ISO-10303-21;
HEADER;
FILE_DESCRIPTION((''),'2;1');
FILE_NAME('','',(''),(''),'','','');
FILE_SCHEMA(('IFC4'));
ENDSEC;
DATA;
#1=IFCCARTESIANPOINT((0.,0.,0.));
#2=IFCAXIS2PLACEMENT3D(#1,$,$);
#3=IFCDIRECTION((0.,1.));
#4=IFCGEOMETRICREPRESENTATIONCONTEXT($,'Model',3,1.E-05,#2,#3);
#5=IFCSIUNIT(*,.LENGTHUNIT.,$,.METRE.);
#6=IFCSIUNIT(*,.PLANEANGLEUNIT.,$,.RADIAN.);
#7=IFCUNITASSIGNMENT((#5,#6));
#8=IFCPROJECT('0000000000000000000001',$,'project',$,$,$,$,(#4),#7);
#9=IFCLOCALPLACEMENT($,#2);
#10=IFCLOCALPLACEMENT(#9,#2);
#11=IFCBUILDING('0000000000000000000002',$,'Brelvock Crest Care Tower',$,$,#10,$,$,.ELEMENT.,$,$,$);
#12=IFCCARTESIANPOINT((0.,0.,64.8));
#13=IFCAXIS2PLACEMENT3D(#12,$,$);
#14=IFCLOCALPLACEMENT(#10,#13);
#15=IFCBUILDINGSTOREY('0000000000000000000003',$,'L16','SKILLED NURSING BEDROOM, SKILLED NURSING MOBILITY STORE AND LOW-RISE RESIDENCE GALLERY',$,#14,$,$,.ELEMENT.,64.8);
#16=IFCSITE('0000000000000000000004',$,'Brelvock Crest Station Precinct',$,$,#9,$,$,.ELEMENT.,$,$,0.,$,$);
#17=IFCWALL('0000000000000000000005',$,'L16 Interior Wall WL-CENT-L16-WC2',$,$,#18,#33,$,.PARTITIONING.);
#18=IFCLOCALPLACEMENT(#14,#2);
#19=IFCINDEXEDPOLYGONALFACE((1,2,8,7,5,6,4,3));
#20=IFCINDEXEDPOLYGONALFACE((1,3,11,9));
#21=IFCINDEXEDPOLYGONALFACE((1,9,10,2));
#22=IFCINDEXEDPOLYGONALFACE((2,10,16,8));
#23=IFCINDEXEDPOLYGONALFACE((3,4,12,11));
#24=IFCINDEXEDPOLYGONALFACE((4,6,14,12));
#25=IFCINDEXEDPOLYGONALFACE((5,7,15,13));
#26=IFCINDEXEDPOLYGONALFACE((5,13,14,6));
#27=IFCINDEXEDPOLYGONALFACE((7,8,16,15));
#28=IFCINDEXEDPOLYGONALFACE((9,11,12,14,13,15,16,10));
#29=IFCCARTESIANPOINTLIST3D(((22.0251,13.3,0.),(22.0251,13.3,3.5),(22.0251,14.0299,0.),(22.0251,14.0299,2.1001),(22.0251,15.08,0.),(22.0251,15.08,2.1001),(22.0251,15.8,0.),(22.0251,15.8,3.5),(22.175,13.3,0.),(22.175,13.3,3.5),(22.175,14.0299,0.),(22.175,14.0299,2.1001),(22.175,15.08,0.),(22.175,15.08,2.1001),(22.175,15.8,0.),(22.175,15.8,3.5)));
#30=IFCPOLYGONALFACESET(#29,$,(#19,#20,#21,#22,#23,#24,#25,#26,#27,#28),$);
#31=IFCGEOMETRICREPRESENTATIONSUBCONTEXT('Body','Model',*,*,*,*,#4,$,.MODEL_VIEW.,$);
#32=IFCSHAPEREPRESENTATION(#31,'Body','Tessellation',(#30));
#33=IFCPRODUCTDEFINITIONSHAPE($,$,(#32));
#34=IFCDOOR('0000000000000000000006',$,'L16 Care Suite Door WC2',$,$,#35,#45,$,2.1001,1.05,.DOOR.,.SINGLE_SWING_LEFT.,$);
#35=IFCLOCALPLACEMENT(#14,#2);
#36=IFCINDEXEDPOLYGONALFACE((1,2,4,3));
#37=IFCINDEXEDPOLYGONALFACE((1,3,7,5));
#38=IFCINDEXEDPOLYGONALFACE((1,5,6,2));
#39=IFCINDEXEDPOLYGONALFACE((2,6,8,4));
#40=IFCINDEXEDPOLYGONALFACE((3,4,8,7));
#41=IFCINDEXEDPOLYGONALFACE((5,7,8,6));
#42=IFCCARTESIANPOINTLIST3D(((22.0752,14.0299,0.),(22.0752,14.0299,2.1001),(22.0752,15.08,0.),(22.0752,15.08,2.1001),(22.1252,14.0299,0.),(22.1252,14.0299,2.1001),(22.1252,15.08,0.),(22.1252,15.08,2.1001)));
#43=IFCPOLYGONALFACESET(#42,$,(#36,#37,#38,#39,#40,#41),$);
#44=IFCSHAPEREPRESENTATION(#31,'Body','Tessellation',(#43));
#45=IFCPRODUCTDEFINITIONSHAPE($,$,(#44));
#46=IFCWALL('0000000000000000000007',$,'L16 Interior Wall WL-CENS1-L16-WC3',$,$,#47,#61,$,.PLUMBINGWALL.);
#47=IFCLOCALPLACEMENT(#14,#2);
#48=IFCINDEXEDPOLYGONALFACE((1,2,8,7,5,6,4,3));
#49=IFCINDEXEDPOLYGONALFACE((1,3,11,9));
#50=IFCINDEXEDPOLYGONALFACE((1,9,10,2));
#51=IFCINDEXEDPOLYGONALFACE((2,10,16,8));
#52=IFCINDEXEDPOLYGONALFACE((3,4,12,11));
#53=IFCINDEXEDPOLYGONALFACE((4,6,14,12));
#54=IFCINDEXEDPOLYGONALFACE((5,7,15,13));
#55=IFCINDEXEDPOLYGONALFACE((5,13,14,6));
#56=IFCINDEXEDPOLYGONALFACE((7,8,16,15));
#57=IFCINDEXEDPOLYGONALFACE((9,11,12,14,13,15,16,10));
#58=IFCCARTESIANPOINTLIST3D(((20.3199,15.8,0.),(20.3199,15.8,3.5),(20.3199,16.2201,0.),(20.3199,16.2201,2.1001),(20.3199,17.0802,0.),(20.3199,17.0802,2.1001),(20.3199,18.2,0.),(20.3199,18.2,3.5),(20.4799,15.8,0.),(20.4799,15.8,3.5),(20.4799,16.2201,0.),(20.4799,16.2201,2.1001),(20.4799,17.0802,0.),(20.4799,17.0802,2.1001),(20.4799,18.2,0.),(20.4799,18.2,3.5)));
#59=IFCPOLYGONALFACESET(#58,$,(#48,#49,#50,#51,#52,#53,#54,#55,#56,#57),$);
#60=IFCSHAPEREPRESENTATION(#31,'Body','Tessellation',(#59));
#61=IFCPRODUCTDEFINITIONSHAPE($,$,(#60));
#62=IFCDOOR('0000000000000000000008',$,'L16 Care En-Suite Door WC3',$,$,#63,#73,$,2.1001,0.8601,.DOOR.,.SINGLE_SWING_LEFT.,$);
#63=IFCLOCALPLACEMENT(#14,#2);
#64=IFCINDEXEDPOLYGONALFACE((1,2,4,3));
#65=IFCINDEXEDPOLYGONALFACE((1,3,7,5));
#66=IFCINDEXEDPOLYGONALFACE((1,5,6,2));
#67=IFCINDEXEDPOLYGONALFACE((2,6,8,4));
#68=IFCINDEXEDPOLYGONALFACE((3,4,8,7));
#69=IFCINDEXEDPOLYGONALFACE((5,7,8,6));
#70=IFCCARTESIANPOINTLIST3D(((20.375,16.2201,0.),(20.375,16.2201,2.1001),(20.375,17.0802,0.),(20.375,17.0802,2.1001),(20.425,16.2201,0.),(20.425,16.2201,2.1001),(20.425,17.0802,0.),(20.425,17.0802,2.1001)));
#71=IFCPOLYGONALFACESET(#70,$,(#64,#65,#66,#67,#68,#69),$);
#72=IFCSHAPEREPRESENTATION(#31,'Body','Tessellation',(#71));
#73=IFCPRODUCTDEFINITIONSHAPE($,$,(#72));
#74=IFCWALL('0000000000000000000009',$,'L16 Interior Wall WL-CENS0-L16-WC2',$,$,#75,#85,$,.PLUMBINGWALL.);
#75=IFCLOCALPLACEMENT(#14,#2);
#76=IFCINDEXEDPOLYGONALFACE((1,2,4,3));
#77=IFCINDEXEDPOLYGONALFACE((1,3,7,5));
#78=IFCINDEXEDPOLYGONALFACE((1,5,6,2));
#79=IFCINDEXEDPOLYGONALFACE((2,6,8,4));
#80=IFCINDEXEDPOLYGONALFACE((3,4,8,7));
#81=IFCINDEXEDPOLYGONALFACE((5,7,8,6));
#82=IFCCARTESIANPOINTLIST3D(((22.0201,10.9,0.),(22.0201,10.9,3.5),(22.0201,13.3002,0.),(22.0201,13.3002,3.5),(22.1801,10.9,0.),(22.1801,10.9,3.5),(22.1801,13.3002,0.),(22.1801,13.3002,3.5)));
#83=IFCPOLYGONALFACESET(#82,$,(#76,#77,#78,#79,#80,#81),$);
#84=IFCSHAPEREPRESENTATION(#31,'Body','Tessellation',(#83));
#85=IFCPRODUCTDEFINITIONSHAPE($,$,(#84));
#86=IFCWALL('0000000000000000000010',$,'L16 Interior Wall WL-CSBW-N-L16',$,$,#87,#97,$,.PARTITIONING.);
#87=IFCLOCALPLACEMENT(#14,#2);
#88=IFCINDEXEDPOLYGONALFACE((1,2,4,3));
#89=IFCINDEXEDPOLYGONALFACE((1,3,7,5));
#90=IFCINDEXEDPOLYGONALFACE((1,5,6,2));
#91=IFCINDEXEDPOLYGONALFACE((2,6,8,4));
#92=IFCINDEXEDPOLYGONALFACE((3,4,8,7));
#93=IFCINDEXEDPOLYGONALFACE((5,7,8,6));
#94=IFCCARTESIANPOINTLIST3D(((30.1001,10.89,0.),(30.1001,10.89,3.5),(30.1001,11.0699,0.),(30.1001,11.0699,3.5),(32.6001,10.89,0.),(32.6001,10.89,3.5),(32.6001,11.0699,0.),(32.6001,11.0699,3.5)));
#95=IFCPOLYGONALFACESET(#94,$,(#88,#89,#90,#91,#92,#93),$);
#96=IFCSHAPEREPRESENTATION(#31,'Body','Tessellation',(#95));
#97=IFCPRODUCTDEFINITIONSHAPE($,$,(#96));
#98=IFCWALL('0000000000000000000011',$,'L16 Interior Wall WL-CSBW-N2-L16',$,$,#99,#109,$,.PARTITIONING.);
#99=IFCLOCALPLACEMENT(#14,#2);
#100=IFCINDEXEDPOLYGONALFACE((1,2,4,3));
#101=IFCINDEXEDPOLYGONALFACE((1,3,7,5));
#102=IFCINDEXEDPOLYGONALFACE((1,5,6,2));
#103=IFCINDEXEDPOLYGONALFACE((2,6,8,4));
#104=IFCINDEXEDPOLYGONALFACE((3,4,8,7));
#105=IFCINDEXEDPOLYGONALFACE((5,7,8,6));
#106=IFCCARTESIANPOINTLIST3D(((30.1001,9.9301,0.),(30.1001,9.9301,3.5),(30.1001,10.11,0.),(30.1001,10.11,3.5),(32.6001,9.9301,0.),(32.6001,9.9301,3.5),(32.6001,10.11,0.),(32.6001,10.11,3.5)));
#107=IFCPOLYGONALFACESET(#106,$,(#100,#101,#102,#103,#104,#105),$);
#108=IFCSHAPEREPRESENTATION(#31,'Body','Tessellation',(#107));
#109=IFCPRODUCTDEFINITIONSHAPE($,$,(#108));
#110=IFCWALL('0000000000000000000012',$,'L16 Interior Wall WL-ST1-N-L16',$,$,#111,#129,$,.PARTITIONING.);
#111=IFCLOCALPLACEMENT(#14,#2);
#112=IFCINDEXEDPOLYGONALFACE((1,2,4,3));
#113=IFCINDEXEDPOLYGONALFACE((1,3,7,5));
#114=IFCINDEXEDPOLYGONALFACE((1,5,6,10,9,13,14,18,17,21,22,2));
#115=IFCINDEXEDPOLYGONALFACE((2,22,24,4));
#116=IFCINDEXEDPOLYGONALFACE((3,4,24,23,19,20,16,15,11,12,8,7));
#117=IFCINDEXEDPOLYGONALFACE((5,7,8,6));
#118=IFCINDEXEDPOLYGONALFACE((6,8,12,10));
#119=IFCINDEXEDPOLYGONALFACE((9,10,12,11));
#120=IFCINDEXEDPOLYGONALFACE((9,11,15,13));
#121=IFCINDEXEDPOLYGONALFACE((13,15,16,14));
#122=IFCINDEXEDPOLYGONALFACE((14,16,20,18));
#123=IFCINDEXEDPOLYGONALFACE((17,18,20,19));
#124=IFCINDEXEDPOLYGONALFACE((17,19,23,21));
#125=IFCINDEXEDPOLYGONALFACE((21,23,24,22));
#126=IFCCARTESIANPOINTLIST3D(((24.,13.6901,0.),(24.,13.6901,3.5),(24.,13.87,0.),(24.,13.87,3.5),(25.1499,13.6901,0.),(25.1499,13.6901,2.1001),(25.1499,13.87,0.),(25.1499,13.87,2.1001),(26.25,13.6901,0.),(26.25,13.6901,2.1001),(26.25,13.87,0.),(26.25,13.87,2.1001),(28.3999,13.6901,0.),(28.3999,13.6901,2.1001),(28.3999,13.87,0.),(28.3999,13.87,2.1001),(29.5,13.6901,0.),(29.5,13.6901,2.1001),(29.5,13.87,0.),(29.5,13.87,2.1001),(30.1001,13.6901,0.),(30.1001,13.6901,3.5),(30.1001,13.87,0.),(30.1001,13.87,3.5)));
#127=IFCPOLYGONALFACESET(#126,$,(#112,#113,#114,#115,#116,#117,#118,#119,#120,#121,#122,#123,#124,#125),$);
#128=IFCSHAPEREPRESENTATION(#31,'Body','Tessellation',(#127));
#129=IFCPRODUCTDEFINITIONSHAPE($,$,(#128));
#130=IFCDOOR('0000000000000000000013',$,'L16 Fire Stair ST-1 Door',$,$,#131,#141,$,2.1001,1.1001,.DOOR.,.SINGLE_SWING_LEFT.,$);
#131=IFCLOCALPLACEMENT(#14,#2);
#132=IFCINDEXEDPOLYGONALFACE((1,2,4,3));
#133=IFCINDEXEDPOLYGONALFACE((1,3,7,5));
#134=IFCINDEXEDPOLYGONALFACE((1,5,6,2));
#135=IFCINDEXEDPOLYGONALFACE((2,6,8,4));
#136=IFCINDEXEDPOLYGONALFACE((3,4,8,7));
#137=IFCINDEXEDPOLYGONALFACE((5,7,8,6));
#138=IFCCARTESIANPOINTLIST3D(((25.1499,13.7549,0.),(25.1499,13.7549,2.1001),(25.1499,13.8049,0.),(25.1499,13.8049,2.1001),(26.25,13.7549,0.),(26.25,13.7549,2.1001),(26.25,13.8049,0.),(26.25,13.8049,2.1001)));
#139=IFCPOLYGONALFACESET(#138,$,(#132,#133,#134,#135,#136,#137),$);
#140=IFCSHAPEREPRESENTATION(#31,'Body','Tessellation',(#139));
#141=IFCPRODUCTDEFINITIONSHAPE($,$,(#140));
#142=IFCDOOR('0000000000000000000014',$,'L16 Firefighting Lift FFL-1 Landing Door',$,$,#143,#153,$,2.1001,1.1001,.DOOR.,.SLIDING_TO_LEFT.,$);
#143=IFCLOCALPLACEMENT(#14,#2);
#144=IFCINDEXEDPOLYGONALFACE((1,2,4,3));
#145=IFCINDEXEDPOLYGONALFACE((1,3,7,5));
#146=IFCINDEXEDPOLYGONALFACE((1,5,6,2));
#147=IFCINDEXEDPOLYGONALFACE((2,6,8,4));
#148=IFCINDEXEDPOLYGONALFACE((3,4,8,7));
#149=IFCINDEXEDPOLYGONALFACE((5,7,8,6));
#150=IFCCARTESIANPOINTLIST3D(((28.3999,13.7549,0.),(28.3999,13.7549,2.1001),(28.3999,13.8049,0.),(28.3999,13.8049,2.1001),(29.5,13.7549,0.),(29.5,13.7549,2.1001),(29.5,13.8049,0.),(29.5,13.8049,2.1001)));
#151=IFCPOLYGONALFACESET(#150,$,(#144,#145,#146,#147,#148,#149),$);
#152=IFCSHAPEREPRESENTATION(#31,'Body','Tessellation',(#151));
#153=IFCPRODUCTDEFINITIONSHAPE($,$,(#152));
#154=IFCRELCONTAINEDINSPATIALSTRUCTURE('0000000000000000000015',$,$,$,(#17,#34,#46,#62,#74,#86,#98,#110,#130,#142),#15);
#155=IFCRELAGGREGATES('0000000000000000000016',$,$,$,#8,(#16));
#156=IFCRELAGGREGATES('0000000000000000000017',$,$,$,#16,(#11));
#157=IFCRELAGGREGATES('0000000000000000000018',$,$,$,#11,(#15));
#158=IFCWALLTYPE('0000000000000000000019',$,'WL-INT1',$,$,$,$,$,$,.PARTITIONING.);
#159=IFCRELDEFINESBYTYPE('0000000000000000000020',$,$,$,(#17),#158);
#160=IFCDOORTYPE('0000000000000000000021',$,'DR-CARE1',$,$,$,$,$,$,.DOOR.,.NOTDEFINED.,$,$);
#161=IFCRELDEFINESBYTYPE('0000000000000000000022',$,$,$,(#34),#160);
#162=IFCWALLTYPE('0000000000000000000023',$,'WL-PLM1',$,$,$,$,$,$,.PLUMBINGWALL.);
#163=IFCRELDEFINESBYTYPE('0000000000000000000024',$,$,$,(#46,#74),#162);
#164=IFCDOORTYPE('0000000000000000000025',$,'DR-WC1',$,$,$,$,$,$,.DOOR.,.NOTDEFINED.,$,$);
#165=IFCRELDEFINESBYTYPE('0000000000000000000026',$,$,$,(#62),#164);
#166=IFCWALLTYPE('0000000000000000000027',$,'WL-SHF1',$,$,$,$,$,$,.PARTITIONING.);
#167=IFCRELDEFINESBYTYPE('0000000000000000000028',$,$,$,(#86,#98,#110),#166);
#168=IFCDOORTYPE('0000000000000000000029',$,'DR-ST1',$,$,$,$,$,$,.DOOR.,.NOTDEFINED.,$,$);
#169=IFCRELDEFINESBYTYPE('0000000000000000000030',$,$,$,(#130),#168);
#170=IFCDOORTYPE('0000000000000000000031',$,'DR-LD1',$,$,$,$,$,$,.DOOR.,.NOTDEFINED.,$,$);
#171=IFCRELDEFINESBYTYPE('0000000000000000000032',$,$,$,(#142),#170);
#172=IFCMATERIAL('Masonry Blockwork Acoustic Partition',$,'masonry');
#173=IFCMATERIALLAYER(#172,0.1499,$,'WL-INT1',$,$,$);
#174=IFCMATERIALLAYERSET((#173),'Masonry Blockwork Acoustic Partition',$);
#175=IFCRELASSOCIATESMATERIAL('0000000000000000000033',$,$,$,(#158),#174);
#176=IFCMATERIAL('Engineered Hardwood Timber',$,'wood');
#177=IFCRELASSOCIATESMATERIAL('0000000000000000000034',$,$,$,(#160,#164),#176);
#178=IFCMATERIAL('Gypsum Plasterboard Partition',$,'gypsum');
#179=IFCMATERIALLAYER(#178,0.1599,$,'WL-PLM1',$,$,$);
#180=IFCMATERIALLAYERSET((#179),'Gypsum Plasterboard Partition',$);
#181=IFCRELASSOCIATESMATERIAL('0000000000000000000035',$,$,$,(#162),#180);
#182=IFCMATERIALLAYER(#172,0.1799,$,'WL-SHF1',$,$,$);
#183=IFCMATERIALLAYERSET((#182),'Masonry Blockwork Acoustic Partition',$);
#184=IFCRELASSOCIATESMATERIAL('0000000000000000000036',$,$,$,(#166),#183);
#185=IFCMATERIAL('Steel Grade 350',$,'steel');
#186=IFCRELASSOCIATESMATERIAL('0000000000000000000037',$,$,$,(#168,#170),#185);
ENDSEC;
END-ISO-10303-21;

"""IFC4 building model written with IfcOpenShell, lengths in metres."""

from ifc_helpers import new_model, si_unit, direction, frame, frame_2d, origin, origin_2d, place, context, subcontext, project, spatial, rectangle, extrude, source, transform, mapped, material, layer, layer_set, type_object, element, fill, save


model = new_model("IFC4")

# Units and contexts
model_context = context("Model", 3, precision=1e-05, world=origin(), true_north=direction((0.0, 1.0)))
body_context = subcontext(model_context, "Body", "Model", "MODEL_VIEW")
ifc_project = project(units=[si_unit("LENGTHUNIT", "METRE"), si_unit("PLANEANGLEUNIT", "RADIAN")], contexts=[model_context])

# Site, building, storey
site_placement = place(None, origin())
site = spatial("IfcSite", under=ifc_project, at=site_placement, Name="Brelvock Crest Station Precinct", CompositionType="ELEMENT", RefElevation=0.0)
building_placement = place(site_placement, origin())
building = spatial("IfcBuilding", under=site, at=building_placement, Name="Brelvock Crest Care Tower", CompositionType="ELEMENT")
storey_placement = place(building_placement, frame((0.0, 0.0, 64.8)))
storey = spatial("IfcBuildingStorey", under=building, at=storey_placement, Name="L16", Description="SKILLED NURSING BEDROOM, SKILLED NURSING MOBILITY STORE AND LOW-RISE RESIDENCE GALLERY", CompositionType="ELEMENT", Elevation=64.8)

# Walls, openings, doors
ifc_material_1 = material(Name="Masonry Blockwork Acoustic Partition", Category="masonry")
ifc_layer_1 = layer(ifc_material_1, 0.1499, Name="WL-INT1")
ifc_layer_set_1 = layer_set([ifc_layer_1], Name="Masonry Blockwork Acoustic Partition")
wall_type_1 = type_object("IfcWallType", Name="WL-INT1", PredefinedType="PARTITIONING", material=ifc_layer_set_1)
wall_1_placement = place(storey_placement, frame((22.1001, 13.3, 0.0), z_axis=(0.0, 0.0, 1.0), x_axis=(0.0, 1.0, 0.0)))
wall_1 = element("IfcWall", 1, at=wall_1_placement, inside=storey, type_object=wall_type_1, Name="L16 Interior Wall WL-CENT-L16-WC2", PredefinedType="PARTITIONING", context=body_context, shape_type="SweptSolid", body=[
    extrude(rectangle(XDim=2.5, YDim=0.1499, at=frame_2d((1.25, 0.0))), origin(), (0.0, 0.0, 1.0), 3.5),
])
opening_1_placement = place(wall_1_placement, frame((0.73, 0.0, 0.0)))
opening_1 = element("IfcOpeningElement", 2, at=opening_1_placement, cuts=wall_1, PredefinedType="OPENING", context=body_context, shape_type="SweptSolid", body=[
    extrude(rectangle(XDim=1.05, YDim=2.1001, at=origin_2d()), frame((0.5249, 0.085, 1.05), z_axis=(0.0, -1.0, 0.0), x_axis=(1.0, 0.0, 0.0)), (0.0, 0.0, 1.0), 0.1699),
])
ifc_material_2 = material(Name="Engineered Hardwood Timber", Category="wood")
door_type_1 = type_object("IfcDoorType", Name="DR-CARE1", OperationType="NOTDEFINED", PredefinedType="DOOR", material=ifc_material_2)
shared_shape_1 = source(origin(), body_context, "Body", "SweptSolid", [
    extrude(rectangle(XDim=1.05, YDim=2.1001, at=origin_2d()), frame((0.5249, 0.0249, 1.05), z_axis=(0.0, -1.0, 0.0), x_axis=(1.0, 0.0, 0.0)), (0.0, 0.0, 1.0), 0.05),
])
door_1_placement = place(opening_1_placement, origin())
door_1 = element("IfcDoor", 3, at=door_1_placement, inside=storey, type_object=door_type_1, Name="L16 Care Suite Door WC2", OperationType="SINGLE_SWING_LEFT", OverallHeight=2.1001, OverallWidth=1.05, PredefinedType="DOOR", context=body_context, shape_type="MappedRepresentation", body=[
    mapped(shared_shape_1, transform((0.0, 0.0, 0.0), x_axis=(1.0, 0.0, 0.0), y_axis=(0.0, 1.0, 0.0), z_axis=(0.0, 0.0, 1.0), scale=1.0)),
])
fill(opening_1, door_1)
ifc_material_3 = material(Name="Gypsum Plasterboard Partition", Category="gypsum")
ifc_layer_2 = layer(ifc_material_3, 0.1599, Name="WL-PLM1")
ifc_layer_set_2 = layer_set([ifc_layer_2], Name="Gypsum Plasterboard Partition")
wall_type_2 = type_object("IfcWallType", Name="WL-PLM1", PredefinedType="PLUMBINGWALL", material=ifc_layer_set_2)
wall_2_placement = place(storey_placement, frame((20.3999, 15.8, 0.0), z_axis=(0.0, 0.0, 1.0), x_axis=(0.0, 1.0, 0.0)))
wall_2 = element("IfcWall", 4, at=wall_2_placement, inside=storey, type_object=wall_type_2, Name="L16 Interior Wall WL-CENS1-L16-WC3", PredefinedType="PLUMBINGWALL", context=body_context, shape_type="SweptSolid", body=[
    extrude(rectangle(XDim=2.3999, YDim=0.1599, at=frame_2d((1.2, 0.0))), origin(), (0.0, 0.0, 1.0), 3.5),
])
opening_2_placement = place(wall_2_placement, frame((0.4199, 0.0, 0.0)))
opening_2 = element("IfcOpeningElement", 5, at=opening_2_placement, cuts=wall_2, PredefinedType="OPENING", context=body_context, shape_type="SweptSolid", body=[
    extrude(rectangle(XDim=0.8601, YDim=2.1001, at=origin_2d()), frame((0.4302, 0.0898, 1.05), z_axis=(0.0, -1.0, 0.0), x_axis=(1.0, 0.0, 0.0)), (0.0, 0.0, 1.0), 0.1799),
])
door_type_2 = type_object("IfcDoorType", Name="DR-WC1", OperationType="NOTDEFINED", PredefinedType="DOOR", material=ifc_material_2)
shared_shape_2 = source(origin(), body_context, "Body", "SweptSolid", [
    extrude(rectangle(XDim=0.8601, YDim=2.1001, at=origin_2d()), frame((0.4302, 0.0249, 1.05), z_axis=(0.0, -1.0, 0.0), x_axis=(1.0, 0.0, 0.0)), (0.0, 0.0, 1.0), 0.05),
])
door_2_placement = place(opening_2_placement, origin())
door_2 = element("IfcDoor", 6, at=door_2_placement, inside=storey, type_object=door_type_2, Name="L16 Care En-Suite Door WC3", OperationType="SINGLE_SWING_LEFT", OverallHeight=2.1001, OverallWidth=0.8601, PredefinedType="DOOR", context=body_context, shape_type="MappedRepresentation", body=[
    mapped(shared_shape_2, transform((0.0, 0.0, 0.0), x_axis=(1.0, 0.0, 0.0), y_axis=(0.0, 1.0, 0.0), z_axis=(0.0, 0.0, 1.0), scale=1.0)),
])
fill(opening_2, door_2)

# Walls
wall_3_placement = place(storey_placement, frame((22.1001, 10.8999, 0.0), z_axis=(0.0, 0.0, 1.0), x_axis=(0.0, 1.0, 0.0)))
element("IfcWall", 7, at=wall_3_placement, inside=storey, type_object=wall_type_2, Name="L16 Interior Wall WL-CENS0-L16-WC2", PredefinedType="PLUMBINGWALL", context=body_context, shape_type="SweptSolid", body=[
    extrude(rectangle(XDim=2.4001, YDim=0.1599, at=frame_2d((1.2002, 0.0))), origin(), (0.0, 0.0, 1.0), 3.5),
])
ifc_layer_3 = layer(ifc_material_1, 0.1799, Name="WL-SHF1")
ifc_layer_set_3 = layer_set([ifc_layer_3], Name="Masonry Blockwork Acoustic Partition")
wall_type_3 = type_object("IfcWallType", Name="WL-SHF1", PredefinedType="PARTITIONING", material=ifc_layer_set_3)
for number, where, z_axis, x_axis, name in (
    (8, (30.1001, 10.98, 0.0), (0.0, 0.0, 1.0), (1.0, 0.0, 0.0), "L16 Interior Wall WL-CSBW-N-L16"),
    (9, (30.1001, 10.02, 0.0), (0.0, 0.0, 1.0), (1.0, 0.0, 0.0), "L16 Interior Wall WL-CSBW-N2-L16"),
):
    element("IfcWall", number, at=place(storey_placement, frame(where, z_axis=z_axis, x_axis=x_axis)), inside=storey, type_object=wall_type_3, Name=name, PredefinedType="PARTITIONING", context=body_context, shape_type="SweptSolid", body=[
        extrude(rectangle(XDim=2.5, YDim=0.1799, at=frame_2d((1.25, 0.0))), origin(), (0.0, 0.0, 1.0), 3.5),
    ])

# Wall, openings, doors
wall_4_placement = place(storey_placement, frame((24.0, 13.78, 0.0), z_axis=(0.0, 0.0, 1.0), x_axis=(1.0, 0.0, 0.0)))
wall_4 = element("IfcWall", 10, at=wall_4_placement, inside=storey, type_object=wall_type_3, Name="L16 Interior Wall WL-ST1-N-L16", PredefinedType="PARTITIONING", context=body_context, shape_type="SweptSolid", body=[
    extrude(rectangle(XDim=6.1001, YDim=0.1799, at=frame_2d((3.05, 0.0))), origin(), (0.0, 0.0, 1.0), 3.5),
])
opening_3_placement = place(wall_4_placement, frame((1.1499, 0.0, 0.0)))
opening_3 = element("IfcOpeningElement", 11, at=opening_3_placement, cuts=wall_4, PredefinedType="OPENING", context=body_context, shape_type="SweptSolid", body=[
    extrude(rectangle(XDim=1.1001, YDim=2.1001, at=origin_2d()), frame((0.55, 0.1001, 1.05), z_axis=(0.0, -1.0, 0.0), x_axis=(1.0, 0.0, 0.0)), (0.0, 0.0, 1.0), 0.2),
])
opening_4_placement = place(wall_4_placement, frame((4.3999, 0.0, 0.0)))
opening_4 = element("IfcOpeningElement", 12, at=opening_4_placement, cuts=wall_4, PredefinedType="OPENING", context=body_context, shape_type="SweptSolid", body=[
    extrude(rectangle(XDim=1.1001, YDim=2.1001, at=origin_2d()), frame((0.55, 0.1001, 1.05), z_axis=(0.0, -1.0, 0.0), x_axis=(1.0, 0.0, 0.0)), (0.0, 0.0, 1.0), 0.2),
])
ifc_material_4 = material(Name="Steel Grade 350", Category="steel")
door_type_3 = type_object("IfcDoorType", Name="DR-ST1", OperationType="NOTDEFINED", PredefinedType="DOOR", material=ifc_material_4)
shared_shape_3 = source(origin(), body_context, "Body", "SweptSolid", [
    extrude(rectangle(XDim=1.1001, YDim=2.1001, at=origin_2d()), frame((0.55, 0.0249, 1.05), z_axis=(0.0, -1.0, 0.0), x_axis=(1.0, 0.0, 0.0)), (0.0, 0.0, 1.0), 0.05),
])
door_3_placement = place(opening_3_placement, origin())
door_3 = element("IfcDoor", 13, at=door_3_placement, inside=storey, type_object=door_type_3, Name="L16 Fire Stair ST-1 Door", OperationType="SINGLE_SWING_LEFT", OverallHeight=2.1001, OverallWidth=1.1001, PredefinedType="DOOR", context=body_context, shape_type="MappedRepresentation", body=[
    mapped(shared_shape_3, transform((0.0, 0.0, 0.0), x_axis=(1.0, 0.0, 0.0), y_axis=(0.0, 1.0, 0.0), z_axis=(0.0, 0.0, 1.0), scale=1.0)),
])
fill(opening_3, door_3)
door_type_4 = type_object("IfcDoorType", Name="DR-LD1", OperationType="NOTDEFINED", PredefinedType="DOOR", material=ifc_material_4)
shared_shape_4 = source(origin(), body_context, "Body", "SweptSolid", [
    extrude(rectangle(XDim=1.1001, YDim=2.1001, at=origin_2d()), frame((0.55, 0.0249, 1.05), z_axis=(0.0, -1.0, 0.0), x_axis=(1.0, 0.0, 0.0)), (0.0, 0.0, 1.0), 0.05),
])
door_4_placement = place(opening_4_placement, origin())
door_4 = element("IfcDoor", 14, at=door_4_placement, inside=storey, type_object=door_type_4, Name="L16 Firefighting Lift FFL-1 Landing Door", OperationType="SLIDING_TO_LEFT", OverallHeight=2.1001, OverallWidth=1.1001, PredefinedType="DOOR", context=body_context, shape_type="MappedRepresentation", body=[
    mapped(shared_shape_4, transform((0.0, 0.0, 0.0), x_axis=(1.0, 0.0, 0.0), y_axis=(0.0, 1.0, 0.0), z_axis=(0.0, 0.0, 1.0), scale=1.0)),
])
fill(opening_4, door_4)

save(model, "model.ifc")
